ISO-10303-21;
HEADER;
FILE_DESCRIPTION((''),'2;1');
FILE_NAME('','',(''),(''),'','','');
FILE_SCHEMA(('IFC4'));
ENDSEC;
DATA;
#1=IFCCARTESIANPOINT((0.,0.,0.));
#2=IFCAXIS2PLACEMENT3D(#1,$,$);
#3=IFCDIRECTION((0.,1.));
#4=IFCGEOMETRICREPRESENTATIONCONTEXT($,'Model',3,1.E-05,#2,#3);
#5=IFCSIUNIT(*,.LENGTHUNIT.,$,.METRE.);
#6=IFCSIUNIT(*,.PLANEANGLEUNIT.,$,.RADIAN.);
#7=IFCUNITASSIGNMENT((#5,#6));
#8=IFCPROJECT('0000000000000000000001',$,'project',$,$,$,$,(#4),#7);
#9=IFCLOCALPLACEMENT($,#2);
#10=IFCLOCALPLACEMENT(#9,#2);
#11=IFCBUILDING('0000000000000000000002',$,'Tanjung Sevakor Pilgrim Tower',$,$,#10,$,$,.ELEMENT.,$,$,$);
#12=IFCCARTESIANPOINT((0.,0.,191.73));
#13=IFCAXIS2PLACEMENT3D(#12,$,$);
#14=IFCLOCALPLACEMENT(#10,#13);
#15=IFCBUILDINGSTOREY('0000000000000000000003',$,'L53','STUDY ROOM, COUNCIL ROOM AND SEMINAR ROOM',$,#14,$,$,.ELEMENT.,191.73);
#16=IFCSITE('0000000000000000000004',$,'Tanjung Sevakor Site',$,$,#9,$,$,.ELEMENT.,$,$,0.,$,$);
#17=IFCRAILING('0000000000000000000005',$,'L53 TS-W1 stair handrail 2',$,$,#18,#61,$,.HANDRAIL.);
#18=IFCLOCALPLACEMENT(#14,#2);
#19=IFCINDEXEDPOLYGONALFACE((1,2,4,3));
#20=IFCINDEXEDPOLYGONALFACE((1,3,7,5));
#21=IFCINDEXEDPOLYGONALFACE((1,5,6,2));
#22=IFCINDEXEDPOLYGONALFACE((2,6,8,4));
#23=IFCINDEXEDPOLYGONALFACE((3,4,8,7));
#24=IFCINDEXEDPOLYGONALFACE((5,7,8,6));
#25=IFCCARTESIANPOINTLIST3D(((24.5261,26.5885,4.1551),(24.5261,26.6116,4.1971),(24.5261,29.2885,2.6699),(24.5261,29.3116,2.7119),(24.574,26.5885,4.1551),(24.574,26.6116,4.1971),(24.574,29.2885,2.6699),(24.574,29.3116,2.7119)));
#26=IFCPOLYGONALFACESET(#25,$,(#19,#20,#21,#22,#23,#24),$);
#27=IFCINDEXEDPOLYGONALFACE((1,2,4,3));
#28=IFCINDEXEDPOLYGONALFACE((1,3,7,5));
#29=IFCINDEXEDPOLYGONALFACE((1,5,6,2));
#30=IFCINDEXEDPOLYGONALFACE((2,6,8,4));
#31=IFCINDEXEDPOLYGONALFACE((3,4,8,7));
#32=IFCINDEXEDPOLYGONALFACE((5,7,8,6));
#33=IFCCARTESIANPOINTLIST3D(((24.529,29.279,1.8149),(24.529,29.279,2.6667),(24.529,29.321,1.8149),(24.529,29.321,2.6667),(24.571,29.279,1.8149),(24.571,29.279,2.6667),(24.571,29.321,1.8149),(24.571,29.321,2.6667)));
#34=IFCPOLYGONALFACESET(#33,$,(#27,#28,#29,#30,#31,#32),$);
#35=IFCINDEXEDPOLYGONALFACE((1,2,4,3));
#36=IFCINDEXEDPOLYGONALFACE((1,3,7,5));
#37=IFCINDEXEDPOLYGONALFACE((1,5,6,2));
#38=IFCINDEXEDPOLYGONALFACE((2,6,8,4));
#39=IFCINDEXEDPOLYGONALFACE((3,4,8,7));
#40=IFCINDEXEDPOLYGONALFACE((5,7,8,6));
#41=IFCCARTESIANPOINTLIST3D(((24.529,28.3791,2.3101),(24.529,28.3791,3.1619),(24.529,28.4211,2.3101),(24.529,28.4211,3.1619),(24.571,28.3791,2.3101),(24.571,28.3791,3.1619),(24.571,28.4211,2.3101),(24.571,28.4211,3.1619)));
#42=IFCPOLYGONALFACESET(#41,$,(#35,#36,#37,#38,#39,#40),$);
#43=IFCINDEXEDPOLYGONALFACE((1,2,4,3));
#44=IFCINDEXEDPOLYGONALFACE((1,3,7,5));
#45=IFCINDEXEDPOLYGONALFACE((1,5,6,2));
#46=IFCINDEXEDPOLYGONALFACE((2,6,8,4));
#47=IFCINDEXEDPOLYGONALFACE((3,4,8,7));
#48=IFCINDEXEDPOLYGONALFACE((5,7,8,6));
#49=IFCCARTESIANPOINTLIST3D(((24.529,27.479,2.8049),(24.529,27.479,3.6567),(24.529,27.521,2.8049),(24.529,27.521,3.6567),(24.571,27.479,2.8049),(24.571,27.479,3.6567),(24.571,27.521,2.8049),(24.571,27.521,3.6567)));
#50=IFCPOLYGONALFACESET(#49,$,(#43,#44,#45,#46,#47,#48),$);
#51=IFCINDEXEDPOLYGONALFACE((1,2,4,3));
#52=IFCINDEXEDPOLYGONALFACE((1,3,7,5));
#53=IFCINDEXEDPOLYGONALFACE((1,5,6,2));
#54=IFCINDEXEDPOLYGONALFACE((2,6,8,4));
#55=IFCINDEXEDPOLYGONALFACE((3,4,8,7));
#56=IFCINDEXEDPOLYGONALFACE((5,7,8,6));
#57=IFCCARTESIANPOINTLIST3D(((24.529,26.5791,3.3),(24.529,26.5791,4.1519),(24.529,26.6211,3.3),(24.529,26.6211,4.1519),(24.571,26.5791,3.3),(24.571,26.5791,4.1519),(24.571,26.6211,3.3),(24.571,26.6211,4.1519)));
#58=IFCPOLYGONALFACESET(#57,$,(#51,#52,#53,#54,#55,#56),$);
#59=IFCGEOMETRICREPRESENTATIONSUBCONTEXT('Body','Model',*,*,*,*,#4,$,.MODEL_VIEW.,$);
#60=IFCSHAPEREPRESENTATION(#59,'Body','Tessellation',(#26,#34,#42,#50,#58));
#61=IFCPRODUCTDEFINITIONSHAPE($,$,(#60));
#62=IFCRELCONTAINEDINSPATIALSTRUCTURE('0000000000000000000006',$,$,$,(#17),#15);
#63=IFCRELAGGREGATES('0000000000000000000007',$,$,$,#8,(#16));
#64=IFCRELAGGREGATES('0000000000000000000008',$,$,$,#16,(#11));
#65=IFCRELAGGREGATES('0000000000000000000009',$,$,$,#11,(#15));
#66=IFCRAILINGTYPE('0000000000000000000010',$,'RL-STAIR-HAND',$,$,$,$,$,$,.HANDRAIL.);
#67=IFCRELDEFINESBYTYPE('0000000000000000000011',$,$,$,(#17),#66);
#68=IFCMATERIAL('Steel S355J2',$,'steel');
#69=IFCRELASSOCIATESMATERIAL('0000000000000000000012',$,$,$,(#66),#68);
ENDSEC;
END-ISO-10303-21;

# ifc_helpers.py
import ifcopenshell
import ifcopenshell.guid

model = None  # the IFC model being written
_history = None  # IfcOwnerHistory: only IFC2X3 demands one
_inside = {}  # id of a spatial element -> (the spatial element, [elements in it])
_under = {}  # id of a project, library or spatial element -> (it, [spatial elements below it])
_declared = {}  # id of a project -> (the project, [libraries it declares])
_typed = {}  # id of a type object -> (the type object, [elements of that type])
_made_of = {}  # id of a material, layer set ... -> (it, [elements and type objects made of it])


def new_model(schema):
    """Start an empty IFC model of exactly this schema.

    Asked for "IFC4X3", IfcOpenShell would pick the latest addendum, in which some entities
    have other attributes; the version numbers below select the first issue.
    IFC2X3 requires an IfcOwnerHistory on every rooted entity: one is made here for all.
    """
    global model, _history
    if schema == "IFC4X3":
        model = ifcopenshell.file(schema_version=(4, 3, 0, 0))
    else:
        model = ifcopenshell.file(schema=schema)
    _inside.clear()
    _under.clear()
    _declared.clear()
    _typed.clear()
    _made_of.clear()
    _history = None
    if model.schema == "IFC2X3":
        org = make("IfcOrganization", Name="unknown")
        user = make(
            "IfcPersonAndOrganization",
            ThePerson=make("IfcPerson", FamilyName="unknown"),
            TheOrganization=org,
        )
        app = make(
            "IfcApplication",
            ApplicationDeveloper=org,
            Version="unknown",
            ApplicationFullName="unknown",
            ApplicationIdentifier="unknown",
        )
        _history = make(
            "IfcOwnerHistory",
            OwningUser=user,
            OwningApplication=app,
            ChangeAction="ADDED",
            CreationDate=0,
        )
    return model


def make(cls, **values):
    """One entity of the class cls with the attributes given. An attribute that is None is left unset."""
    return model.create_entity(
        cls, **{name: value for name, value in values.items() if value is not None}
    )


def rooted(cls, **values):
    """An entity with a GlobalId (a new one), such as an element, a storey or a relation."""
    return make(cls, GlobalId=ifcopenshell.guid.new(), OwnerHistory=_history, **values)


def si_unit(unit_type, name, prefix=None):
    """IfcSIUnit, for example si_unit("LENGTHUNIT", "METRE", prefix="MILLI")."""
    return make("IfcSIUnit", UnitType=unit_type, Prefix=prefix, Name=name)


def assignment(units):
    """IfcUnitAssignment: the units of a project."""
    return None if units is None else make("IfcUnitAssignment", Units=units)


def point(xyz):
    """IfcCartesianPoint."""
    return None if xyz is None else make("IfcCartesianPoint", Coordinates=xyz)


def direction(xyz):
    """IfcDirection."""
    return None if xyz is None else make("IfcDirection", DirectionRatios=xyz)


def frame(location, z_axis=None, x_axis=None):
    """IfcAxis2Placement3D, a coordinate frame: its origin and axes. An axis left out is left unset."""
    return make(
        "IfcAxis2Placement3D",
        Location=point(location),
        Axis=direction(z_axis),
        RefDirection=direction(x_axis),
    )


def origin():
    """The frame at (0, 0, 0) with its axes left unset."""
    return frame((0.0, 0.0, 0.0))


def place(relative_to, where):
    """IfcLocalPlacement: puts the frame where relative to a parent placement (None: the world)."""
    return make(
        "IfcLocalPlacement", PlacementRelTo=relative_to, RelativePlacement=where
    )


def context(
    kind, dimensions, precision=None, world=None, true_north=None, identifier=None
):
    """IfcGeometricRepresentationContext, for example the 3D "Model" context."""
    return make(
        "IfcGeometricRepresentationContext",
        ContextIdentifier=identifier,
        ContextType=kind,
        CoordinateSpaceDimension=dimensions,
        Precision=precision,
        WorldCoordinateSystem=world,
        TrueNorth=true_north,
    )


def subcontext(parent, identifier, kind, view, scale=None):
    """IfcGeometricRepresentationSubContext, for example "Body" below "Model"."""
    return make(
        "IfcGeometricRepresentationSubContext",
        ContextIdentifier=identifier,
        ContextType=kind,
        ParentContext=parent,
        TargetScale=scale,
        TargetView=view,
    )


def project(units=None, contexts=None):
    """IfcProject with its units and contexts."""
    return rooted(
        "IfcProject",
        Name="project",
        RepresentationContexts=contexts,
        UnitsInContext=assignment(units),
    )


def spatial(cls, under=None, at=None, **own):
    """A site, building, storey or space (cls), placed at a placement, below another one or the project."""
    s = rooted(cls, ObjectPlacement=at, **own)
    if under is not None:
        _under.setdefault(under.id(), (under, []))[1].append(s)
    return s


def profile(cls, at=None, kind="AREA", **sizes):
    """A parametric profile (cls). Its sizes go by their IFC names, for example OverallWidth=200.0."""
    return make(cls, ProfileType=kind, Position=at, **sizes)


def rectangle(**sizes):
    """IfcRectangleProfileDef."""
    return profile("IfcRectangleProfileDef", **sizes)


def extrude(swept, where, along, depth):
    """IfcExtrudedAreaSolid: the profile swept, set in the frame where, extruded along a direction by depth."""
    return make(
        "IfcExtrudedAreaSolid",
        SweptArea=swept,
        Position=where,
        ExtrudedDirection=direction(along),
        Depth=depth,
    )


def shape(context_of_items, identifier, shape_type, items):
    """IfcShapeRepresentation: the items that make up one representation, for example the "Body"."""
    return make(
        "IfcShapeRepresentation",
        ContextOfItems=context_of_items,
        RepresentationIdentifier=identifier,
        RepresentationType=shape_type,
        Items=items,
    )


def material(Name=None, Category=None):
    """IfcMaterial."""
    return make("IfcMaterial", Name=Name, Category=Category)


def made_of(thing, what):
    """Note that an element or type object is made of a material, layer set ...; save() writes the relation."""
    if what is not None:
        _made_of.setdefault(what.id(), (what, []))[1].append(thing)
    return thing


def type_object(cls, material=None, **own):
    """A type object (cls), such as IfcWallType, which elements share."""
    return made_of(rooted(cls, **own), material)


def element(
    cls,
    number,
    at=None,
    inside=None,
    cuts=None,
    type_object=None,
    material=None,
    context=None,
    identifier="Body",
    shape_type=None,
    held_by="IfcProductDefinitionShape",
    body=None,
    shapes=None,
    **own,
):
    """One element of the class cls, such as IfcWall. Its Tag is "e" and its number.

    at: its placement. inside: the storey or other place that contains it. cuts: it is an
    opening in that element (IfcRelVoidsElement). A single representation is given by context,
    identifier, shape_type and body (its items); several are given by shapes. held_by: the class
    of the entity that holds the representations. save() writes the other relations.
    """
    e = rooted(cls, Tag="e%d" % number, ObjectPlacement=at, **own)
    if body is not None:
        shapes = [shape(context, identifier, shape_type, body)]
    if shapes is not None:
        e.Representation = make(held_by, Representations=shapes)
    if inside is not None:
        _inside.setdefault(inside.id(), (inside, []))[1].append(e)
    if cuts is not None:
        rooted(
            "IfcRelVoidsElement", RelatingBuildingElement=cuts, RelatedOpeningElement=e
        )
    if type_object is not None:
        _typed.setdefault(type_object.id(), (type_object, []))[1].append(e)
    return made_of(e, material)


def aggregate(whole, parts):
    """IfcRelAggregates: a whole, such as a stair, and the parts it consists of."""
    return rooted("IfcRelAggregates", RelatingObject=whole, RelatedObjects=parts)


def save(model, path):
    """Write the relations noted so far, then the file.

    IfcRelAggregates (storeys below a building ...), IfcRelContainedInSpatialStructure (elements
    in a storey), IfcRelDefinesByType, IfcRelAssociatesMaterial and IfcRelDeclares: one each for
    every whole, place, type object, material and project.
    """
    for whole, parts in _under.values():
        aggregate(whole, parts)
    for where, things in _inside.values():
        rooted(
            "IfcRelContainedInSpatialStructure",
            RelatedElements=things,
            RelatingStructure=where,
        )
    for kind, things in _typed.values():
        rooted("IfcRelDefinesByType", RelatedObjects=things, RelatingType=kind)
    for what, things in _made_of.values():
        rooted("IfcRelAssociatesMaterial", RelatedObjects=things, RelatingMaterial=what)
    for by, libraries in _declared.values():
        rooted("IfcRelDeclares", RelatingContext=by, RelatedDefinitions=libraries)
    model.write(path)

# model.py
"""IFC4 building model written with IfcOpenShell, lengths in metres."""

from ifc_helpers import new_model, si_unit, direction, frame, origin, place, context, subcontext, project, spatial, rectangle, extrude, material, type_object, element, save


model = new_model("IFC4")

# Units and contexts
model_context = context("Model", 3, precision=1e-05, world=origin(), true_north=direction((0.0, 1.0)))
body_context = subcontext(model_context, "Body", "Model", "MODEL_VIEW")
ifc_project = project(units=[si_unit("LENGTHUNIT", "METRE"), si_unit("PLANEANGLEUNIT", "RADIAN")], contexts=[model_context])

# Site, building, storey
site_placement = place(None, origin())
site = spatial("IfcSite", under=ifc_project, at=site_placement, Name="Tanjung Sevakor Site", CompositionType="ELEMENT", RefElevation=0.0)
building_placement = place(site_placement, origin())
building = spatial("IfcBuilding", under=site, at=building_placement, Name="Tanjung Sevakor Pilgrim Tower", CompositionType="ELEMENT")
storey_placement = place(building_placement, frame((0.0, 0.0, 191.73)))
storey = spatial("IfcBuildingStorey", under=building, at=storey_placement, Name="L53", Description="STUDY ROOM, COUNCIL ROOM AND SEMINAR ROOM", CompositionType="ELEMENT", Elevation=191.73)

# Railing
ifc_material_1 = material(Name="Steel S355J2", Category="steel")
railing_type_1 = type_object("IfcRailingType", Name="RL-STAIR-HAND", PredefinedType="HANDRAIL", material=ifc_material_1)
railing_1_placement = place(storey_placement, frame((24.55, 29.3, 1.8149)))
element("IfcRailing", 1, at=railing_1_placement, inside=storey, type_object=railing_type_1, Name="L53 TS-W1 stair handrail 2", PredefinedType="HANDRAIL", context=body_context, shape_type="SweptSolid", body=[
    extrude(rectangle(XDim=0.0479, YDim=0.0479), frame((0.0, 0.0, 0.876), z_axis=(0.0, -0.876198, 0.481952), x_axis=(1.0, 0.0, 0.0)), (0.0, 0.0, 1.0), 3.0815),
    extrude(rectangle(XDim=0.042, YDim=0.042), origin(), (0.0, 0.0, 1.0), 0.8518),
    extrude(rectangle(XDim=0.042, YDim=0.042), frame((0.0, -0.8999, 0.4951)), (0.0, 0.0, 1.0), 0.8518),
    extrude(rectangle(XDim=0.042, YDim=0.042), frame((0.0, -1.8, 0.99)), (0.0, 0.0, 1.0), 0.8518),
    extrude(rectangle(XDim=0.042, YDim=0.042), frame((0.0, -2.7, 1.4851)), (0.0, 0.0, 1.0), 0.8518),
])

save(model, "model.ifc")
